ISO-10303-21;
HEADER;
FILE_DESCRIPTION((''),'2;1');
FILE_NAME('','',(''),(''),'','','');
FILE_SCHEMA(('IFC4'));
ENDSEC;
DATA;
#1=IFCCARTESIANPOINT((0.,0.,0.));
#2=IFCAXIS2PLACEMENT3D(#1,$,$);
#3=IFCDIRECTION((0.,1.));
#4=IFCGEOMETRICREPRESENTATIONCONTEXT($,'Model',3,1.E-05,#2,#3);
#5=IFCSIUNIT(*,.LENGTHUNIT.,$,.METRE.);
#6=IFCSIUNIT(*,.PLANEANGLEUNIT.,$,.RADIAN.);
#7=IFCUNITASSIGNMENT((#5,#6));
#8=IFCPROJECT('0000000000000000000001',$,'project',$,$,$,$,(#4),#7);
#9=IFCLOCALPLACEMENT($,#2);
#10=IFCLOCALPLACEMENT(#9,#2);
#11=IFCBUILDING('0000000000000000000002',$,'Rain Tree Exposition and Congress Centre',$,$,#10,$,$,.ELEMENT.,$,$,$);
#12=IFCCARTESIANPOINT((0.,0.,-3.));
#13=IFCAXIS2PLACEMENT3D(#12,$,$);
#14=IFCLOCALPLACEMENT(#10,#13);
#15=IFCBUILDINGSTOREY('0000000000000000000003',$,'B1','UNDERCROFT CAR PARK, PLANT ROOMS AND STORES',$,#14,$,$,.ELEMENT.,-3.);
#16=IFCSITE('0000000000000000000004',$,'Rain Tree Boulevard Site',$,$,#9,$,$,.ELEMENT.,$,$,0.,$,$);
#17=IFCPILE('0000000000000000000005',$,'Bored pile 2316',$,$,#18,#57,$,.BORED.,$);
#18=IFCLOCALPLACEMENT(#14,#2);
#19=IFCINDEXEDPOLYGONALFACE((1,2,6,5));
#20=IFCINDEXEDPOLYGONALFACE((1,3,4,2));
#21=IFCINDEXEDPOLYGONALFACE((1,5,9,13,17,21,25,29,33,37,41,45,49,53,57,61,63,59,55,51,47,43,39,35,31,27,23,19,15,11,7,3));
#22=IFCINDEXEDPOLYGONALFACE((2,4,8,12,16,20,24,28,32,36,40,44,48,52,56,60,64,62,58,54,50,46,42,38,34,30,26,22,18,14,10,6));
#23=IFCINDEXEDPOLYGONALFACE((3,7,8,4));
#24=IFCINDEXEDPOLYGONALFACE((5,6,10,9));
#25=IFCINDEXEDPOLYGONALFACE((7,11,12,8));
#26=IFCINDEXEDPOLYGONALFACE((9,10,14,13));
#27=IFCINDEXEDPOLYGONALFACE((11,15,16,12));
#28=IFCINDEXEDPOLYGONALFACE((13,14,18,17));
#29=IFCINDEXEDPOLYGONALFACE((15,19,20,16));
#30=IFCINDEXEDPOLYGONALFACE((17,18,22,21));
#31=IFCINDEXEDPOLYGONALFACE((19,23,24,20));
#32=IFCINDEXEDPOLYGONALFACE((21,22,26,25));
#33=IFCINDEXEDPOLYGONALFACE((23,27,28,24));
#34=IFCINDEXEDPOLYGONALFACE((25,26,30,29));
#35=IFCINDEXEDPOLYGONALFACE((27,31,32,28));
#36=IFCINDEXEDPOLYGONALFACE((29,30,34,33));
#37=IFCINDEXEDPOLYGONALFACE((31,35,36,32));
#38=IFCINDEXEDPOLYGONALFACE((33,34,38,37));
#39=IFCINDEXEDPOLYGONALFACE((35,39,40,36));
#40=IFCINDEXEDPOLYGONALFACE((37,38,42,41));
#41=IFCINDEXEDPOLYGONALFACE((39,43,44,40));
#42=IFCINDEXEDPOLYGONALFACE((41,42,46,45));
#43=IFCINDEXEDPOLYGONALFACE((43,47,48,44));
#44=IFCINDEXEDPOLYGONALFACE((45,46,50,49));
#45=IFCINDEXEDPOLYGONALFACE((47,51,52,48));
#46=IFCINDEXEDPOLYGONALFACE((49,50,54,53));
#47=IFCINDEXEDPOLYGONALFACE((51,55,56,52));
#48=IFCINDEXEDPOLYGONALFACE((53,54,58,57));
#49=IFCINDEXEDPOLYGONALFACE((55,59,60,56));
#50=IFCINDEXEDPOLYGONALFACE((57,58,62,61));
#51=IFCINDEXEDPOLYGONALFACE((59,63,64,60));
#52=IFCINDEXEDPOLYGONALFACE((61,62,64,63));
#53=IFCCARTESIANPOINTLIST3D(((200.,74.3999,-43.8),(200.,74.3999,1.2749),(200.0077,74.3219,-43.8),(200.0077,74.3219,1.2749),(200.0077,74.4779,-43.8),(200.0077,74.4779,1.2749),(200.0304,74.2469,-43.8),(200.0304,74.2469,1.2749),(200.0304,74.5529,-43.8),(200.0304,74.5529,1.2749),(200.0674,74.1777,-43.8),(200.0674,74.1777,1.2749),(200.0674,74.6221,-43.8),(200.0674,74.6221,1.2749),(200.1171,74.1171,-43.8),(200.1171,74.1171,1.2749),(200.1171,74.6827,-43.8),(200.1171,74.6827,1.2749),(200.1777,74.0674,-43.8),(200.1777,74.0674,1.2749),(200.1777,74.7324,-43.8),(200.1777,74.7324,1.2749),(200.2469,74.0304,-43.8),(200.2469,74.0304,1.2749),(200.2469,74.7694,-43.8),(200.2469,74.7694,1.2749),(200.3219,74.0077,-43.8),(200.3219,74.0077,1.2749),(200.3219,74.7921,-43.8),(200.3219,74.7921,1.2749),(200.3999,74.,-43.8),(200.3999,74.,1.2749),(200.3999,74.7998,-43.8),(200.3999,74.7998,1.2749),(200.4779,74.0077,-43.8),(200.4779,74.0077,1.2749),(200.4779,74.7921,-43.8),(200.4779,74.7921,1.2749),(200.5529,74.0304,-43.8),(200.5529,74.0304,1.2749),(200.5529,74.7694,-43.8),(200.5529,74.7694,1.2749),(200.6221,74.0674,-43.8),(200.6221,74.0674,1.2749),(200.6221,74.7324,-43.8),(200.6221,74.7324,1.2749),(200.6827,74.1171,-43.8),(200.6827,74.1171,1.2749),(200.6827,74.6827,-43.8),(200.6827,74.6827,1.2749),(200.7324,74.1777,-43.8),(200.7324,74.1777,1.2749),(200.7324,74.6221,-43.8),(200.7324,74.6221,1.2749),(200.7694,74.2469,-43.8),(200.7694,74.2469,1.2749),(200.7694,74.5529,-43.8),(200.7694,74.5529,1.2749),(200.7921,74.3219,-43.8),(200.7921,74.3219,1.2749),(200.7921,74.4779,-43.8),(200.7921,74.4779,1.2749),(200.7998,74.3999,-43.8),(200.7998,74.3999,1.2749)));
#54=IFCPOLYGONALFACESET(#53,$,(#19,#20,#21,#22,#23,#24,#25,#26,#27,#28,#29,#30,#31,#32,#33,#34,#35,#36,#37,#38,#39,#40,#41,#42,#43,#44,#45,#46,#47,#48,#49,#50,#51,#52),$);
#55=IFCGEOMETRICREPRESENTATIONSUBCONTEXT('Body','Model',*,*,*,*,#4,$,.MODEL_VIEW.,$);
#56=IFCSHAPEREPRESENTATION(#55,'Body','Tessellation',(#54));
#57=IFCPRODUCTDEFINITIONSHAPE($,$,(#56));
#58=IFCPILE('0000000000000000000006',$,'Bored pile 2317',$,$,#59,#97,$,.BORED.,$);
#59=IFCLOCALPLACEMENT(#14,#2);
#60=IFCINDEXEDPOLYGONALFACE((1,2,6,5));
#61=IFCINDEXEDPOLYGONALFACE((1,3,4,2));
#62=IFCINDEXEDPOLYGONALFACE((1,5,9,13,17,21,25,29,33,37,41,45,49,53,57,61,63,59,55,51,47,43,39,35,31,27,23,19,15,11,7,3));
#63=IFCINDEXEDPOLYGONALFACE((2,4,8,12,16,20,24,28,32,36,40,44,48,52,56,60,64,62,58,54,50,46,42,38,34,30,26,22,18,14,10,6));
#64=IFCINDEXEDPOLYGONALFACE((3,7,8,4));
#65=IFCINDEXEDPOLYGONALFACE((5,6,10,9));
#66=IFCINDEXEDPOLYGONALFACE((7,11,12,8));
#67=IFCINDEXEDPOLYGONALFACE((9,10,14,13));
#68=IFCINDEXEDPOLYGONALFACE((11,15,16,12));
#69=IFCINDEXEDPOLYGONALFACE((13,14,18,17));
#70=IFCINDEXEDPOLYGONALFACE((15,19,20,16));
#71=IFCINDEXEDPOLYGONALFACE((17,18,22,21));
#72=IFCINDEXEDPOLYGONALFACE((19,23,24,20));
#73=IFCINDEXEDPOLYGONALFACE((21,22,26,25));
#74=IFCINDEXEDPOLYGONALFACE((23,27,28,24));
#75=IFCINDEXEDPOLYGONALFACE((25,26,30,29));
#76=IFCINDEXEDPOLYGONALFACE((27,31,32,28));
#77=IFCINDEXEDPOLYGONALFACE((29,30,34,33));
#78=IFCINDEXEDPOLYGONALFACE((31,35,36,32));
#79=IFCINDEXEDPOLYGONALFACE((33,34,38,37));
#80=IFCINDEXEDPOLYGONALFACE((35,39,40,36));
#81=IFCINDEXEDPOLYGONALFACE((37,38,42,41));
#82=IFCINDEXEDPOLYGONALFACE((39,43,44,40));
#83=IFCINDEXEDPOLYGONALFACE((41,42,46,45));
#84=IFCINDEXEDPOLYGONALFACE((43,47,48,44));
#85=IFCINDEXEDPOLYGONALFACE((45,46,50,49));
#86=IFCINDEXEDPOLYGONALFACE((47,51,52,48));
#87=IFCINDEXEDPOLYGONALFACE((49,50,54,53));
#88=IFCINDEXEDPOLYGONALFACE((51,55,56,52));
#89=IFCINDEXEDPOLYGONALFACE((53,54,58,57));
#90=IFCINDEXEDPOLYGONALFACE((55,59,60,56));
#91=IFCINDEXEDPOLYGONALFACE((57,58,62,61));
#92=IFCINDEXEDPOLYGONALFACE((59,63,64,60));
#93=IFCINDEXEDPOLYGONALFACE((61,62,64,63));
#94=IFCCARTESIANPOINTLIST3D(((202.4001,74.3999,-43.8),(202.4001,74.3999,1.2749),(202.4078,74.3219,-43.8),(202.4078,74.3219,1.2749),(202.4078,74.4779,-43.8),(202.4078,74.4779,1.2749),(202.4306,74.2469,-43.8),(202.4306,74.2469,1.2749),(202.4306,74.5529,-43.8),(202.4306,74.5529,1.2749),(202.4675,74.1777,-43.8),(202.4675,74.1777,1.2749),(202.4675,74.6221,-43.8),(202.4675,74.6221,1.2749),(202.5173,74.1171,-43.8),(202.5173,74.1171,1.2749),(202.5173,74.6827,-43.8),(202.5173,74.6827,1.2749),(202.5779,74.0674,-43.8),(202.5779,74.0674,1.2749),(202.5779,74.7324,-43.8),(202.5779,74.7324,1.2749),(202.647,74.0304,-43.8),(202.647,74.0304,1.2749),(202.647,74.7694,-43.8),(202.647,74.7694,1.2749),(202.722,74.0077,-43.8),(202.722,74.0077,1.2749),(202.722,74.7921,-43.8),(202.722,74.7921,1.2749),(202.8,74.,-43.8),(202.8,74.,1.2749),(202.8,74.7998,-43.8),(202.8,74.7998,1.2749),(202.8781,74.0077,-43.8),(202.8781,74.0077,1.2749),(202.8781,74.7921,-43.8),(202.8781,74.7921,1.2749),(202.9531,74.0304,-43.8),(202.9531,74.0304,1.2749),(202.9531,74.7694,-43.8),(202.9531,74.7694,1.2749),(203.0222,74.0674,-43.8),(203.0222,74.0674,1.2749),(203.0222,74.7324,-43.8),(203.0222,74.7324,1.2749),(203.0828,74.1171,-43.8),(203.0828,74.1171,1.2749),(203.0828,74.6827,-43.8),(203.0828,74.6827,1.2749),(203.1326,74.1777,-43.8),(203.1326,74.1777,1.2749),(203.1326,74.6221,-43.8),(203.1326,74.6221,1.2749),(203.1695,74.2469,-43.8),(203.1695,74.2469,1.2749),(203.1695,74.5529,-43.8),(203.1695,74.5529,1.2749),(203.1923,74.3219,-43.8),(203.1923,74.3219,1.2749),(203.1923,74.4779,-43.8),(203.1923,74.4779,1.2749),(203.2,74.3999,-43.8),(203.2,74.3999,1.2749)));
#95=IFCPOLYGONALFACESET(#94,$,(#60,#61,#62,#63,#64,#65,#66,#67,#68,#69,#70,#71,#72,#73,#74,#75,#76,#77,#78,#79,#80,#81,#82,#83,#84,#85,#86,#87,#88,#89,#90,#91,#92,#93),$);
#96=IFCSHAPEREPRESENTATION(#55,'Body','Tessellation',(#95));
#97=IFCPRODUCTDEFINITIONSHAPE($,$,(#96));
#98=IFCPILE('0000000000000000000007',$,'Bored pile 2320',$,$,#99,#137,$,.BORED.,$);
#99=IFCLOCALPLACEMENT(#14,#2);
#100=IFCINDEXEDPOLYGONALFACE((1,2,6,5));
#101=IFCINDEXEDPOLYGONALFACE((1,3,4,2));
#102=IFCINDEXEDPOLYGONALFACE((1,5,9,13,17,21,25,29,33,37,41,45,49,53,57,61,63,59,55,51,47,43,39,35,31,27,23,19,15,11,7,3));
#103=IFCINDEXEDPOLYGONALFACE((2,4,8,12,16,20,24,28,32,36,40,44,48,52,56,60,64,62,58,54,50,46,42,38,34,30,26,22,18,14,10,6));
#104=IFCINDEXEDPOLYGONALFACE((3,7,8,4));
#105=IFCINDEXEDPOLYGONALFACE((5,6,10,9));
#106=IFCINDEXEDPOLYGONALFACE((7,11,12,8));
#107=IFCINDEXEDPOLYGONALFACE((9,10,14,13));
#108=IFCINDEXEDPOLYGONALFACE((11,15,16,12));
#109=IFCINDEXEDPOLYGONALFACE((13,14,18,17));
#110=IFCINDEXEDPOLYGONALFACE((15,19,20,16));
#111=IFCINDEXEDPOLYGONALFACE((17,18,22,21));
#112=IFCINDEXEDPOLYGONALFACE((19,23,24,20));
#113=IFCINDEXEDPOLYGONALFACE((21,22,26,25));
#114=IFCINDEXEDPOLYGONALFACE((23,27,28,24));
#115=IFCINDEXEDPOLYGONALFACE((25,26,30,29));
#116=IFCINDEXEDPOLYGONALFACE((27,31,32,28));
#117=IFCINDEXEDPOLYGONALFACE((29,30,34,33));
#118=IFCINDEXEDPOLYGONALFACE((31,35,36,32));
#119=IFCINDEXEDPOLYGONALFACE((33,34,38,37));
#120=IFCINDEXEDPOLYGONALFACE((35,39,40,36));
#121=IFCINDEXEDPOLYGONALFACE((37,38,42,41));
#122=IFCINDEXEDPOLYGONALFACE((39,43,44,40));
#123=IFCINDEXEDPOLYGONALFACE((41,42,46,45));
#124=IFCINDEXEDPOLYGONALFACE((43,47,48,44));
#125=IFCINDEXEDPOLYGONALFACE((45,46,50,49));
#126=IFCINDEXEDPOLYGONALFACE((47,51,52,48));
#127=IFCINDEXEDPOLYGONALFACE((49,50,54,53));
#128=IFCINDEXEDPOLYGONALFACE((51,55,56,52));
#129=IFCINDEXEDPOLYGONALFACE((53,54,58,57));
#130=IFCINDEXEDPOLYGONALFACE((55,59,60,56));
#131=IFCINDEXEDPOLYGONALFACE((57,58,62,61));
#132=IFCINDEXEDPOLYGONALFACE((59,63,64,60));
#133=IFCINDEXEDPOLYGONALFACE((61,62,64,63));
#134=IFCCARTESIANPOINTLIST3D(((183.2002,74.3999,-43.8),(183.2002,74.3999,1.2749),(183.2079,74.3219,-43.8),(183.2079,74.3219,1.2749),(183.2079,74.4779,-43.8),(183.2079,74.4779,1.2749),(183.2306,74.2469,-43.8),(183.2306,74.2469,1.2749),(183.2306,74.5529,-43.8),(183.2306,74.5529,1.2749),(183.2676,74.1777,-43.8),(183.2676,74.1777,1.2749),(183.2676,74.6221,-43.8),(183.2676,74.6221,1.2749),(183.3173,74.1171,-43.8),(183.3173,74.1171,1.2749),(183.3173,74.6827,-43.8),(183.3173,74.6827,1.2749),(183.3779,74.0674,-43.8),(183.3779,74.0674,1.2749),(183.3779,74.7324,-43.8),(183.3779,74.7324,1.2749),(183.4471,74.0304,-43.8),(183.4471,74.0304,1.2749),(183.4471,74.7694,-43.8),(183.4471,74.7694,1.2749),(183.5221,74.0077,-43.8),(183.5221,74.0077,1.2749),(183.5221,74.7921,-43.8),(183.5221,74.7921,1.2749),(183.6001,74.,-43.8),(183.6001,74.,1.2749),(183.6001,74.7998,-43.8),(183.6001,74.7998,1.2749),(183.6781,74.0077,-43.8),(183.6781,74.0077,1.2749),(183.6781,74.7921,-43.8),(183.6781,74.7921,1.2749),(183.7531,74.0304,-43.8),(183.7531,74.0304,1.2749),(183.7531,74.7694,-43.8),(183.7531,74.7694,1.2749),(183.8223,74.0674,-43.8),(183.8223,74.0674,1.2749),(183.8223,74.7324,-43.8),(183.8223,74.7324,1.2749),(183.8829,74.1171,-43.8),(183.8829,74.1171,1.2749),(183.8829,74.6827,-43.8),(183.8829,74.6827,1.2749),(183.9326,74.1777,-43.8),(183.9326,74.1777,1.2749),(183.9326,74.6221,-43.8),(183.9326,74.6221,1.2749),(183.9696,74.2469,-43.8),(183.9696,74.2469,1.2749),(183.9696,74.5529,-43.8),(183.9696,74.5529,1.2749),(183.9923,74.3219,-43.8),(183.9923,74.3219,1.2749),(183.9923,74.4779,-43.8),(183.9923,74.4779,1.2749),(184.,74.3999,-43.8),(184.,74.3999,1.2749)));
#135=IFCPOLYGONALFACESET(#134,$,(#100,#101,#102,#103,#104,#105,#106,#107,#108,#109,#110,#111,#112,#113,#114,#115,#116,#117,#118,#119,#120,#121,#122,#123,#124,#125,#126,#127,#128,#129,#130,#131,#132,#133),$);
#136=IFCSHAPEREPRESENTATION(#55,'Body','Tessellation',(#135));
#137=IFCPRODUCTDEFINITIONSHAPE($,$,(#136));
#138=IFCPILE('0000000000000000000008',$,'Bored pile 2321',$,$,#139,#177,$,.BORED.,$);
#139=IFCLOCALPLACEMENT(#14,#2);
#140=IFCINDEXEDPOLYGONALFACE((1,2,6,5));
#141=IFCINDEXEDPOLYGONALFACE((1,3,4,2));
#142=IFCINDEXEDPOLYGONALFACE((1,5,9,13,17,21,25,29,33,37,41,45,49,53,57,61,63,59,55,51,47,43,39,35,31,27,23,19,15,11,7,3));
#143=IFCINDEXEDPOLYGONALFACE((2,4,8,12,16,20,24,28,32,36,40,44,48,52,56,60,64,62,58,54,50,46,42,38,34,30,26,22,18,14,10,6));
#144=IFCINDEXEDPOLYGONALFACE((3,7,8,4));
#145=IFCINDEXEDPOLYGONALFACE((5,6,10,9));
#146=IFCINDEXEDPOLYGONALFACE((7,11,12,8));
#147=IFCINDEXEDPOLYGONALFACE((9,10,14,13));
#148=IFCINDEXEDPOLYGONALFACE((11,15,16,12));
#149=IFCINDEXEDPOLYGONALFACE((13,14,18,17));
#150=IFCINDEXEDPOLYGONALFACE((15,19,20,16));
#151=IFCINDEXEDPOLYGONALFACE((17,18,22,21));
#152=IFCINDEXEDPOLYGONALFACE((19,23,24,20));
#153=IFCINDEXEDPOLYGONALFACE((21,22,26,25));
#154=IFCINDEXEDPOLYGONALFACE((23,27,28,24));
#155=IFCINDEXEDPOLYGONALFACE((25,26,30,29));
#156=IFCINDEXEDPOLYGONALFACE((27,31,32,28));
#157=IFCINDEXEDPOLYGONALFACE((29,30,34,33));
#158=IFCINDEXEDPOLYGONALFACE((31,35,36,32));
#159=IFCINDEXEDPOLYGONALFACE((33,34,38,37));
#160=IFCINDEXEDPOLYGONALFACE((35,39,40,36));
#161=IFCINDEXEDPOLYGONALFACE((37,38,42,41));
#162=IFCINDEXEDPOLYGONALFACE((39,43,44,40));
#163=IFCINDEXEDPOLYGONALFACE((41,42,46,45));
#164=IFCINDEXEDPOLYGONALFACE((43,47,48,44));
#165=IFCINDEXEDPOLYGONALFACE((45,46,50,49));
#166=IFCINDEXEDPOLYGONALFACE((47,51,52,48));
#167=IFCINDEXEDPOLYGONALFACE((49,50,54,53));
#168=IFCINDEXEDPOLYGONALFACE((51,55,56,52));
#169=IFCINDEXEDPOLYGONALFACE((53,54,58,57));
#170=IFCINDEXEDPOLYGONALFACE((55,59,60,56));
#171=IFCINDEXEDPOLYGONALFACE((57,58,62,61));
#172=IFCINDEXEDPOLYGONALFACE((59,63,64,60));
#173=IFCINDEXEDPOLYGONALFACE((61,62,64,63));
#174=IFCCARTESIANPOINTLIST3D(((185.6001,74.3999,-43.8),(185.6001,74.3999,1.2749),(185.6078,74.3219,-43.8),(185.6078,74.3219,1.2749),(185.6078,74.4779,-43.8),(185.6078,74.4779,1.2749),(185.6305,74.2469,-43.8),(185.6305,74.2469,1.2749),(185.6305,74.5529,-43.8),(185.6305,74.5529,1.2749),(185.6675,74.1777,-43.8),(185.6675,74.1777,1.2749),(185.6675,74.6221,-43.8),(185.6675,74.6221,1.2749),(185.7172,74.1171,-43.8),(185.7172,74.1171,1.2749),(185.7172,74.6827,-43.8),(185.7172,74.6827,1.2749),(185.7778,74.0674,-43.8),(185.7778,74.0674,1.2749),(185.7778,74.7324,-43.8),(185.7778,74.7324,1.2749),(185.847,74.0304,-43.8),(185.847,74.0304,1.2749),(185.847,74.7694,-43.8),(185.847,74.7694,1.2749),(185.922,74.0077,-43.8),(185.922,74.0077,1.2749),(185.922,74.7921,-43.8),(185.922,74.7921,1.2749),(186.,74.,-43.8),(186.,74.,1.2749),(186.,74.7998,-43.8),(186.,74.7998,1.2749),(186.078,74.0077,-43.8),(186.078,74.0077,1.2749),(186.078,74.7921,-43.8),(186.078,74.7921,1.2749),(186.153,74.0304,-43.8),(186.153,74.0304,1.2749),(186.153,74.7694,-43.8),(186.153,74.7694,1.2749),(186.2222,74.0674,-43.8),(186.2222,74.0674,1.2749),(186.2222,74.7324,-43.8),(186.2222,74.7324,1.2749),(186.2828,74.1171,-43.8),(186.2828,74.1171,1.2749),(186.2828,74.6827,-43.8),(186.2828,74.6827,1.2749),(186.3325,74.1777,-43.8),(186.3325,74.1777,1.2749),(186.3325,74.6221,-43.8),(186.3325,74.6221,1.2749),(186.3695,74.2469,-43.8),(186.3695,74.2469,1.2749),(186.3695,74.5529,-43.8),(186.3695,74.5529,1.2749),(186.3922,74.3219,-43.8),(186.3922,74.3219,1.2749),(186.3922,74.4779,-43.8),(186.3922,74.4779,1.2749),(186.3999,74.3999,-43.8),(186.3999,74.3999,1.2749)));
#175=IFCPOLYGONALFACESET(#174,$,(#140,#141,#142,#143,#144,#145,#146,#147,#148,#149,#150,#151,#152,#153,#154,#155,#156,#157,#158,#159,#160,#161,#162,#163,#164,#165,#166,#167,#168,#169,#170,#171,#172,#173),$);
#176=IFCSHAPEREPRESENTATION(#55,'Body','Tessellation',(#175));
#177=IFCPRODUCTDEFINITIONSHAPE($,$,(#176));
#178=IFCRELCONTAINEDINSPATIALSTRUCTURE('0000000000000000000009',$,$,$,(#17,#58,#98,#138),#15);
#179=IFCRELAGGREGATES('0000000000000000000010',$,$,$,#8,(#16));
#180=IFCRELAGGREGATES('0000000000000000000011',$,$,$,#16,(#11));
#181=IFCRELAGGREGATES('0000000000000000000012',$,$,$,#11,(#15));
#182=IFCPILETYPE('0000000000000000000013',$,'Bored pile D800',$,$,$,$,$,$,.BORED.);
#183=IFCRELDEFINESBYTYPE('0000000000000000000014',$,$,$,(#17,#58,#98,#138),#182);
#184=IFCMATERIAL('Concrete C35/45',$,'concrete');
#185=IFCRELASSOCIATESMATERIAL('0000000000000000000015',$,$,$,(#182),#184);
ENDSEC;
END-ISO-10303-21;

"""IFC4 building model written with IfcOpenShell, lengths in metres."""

from ifc_helpers import new_model, si_unit, direction, frame, origin, origin_2d, place, context, subcontext, project, spatial, circle, extrude, material, material_profile, profile_set, type_object, element, save


model = new_model("IFC4")

# Units and contexts
model_context = context("Model", 3, precision=1e-05, world=origin(), true_north=direction((0.0, 1.0)))
body_context = subcontext(model_context, "Body", "Model", "MODEL_VIEW")
ifc_project = project(units=[si_unit("LENGTHUNIT", "METRE"), si_unit("PLANEANGLEUNIT", "RADIAN")], contexts=[model_context])

# Site, building, storey
site_placement = place(None, origin())
site = spatial("IfcSite", under=ifc_project, at=site_placement, Name="Rain Tree Boulevard Site", CompositionType="ELEMENT", RefElevation=0.0)
building_placement = place(site_placement, origin())
building = spatial("IfcBuilding", under=site, at=building_placement, Name="Rain Tree Exposition and Congress Centre", CompositionType="ELEMENT")
storey_placement = place(building_placement, frame((0.0, 0.0, -3.0)))
storey = spatial("IfcBuildingStorey", under=building, at=storey_placement, Name="B1", Description="UNDERCROFT CAR PARK, PLANT ROOMS AND STORES", CompositionType="ELEMENT", Elevation=-3.0)

# Piles
ifc_material_1 = material(Name="Concrete C35/45", Category="concrete")
ifc_material_profile_1 = material_profile(ifc_material_1, circle(Radius=0.3999, at=origin_2d()), Name="D800")
ifc_profile_set_1 = profile_set([ifc_material_profile_1], Name="Concrete C35/45")
pile_type_1 = type_object("IfcPileType", Name="Bored pile D800", PredefinedType="BORED", material=ifc_profile_set_1)
for number, where, z_axis, x_axis, name in (
    (1, (200.3999, 74.3999, 1.2749), (0.0, 0.0, -1.0), (1.0, 0.0, 0.0), "Bored pile 2316"),
    (2, (202.8, 74.3999, 1.2749), (0.0, 0.0, -1.0), (1.0, 0.0, 0.0), "Bored pile 2317"),
    (3, (183.6001, 74.3999, 1.2749), (0.0, 0.0, -1.0), (1.0, 0.0, 0.0), "Bored pile 2320"),
    (4, (186.0, 74.3999, 1.2749), (0.0, 0.0, -1.0), (1.0, 0.0, 0.0), "Bored pile 2321"),
):
    element("IfcPile", number, at=place(storey_placement, frame(where, z_axis=z_axis, x_axis=x_axis)), inside=storey, type_object=pile_type_1, Name=name, PredefinedType="BORED", context=body_context, shape_type="SweptSolid", body=[
        extrude(circle(Radius=0.3999, at=origin_2d()), origin(), (0.0, 0.0, 1.0), 45.075),
    ])

save(model, "model.ifc")
